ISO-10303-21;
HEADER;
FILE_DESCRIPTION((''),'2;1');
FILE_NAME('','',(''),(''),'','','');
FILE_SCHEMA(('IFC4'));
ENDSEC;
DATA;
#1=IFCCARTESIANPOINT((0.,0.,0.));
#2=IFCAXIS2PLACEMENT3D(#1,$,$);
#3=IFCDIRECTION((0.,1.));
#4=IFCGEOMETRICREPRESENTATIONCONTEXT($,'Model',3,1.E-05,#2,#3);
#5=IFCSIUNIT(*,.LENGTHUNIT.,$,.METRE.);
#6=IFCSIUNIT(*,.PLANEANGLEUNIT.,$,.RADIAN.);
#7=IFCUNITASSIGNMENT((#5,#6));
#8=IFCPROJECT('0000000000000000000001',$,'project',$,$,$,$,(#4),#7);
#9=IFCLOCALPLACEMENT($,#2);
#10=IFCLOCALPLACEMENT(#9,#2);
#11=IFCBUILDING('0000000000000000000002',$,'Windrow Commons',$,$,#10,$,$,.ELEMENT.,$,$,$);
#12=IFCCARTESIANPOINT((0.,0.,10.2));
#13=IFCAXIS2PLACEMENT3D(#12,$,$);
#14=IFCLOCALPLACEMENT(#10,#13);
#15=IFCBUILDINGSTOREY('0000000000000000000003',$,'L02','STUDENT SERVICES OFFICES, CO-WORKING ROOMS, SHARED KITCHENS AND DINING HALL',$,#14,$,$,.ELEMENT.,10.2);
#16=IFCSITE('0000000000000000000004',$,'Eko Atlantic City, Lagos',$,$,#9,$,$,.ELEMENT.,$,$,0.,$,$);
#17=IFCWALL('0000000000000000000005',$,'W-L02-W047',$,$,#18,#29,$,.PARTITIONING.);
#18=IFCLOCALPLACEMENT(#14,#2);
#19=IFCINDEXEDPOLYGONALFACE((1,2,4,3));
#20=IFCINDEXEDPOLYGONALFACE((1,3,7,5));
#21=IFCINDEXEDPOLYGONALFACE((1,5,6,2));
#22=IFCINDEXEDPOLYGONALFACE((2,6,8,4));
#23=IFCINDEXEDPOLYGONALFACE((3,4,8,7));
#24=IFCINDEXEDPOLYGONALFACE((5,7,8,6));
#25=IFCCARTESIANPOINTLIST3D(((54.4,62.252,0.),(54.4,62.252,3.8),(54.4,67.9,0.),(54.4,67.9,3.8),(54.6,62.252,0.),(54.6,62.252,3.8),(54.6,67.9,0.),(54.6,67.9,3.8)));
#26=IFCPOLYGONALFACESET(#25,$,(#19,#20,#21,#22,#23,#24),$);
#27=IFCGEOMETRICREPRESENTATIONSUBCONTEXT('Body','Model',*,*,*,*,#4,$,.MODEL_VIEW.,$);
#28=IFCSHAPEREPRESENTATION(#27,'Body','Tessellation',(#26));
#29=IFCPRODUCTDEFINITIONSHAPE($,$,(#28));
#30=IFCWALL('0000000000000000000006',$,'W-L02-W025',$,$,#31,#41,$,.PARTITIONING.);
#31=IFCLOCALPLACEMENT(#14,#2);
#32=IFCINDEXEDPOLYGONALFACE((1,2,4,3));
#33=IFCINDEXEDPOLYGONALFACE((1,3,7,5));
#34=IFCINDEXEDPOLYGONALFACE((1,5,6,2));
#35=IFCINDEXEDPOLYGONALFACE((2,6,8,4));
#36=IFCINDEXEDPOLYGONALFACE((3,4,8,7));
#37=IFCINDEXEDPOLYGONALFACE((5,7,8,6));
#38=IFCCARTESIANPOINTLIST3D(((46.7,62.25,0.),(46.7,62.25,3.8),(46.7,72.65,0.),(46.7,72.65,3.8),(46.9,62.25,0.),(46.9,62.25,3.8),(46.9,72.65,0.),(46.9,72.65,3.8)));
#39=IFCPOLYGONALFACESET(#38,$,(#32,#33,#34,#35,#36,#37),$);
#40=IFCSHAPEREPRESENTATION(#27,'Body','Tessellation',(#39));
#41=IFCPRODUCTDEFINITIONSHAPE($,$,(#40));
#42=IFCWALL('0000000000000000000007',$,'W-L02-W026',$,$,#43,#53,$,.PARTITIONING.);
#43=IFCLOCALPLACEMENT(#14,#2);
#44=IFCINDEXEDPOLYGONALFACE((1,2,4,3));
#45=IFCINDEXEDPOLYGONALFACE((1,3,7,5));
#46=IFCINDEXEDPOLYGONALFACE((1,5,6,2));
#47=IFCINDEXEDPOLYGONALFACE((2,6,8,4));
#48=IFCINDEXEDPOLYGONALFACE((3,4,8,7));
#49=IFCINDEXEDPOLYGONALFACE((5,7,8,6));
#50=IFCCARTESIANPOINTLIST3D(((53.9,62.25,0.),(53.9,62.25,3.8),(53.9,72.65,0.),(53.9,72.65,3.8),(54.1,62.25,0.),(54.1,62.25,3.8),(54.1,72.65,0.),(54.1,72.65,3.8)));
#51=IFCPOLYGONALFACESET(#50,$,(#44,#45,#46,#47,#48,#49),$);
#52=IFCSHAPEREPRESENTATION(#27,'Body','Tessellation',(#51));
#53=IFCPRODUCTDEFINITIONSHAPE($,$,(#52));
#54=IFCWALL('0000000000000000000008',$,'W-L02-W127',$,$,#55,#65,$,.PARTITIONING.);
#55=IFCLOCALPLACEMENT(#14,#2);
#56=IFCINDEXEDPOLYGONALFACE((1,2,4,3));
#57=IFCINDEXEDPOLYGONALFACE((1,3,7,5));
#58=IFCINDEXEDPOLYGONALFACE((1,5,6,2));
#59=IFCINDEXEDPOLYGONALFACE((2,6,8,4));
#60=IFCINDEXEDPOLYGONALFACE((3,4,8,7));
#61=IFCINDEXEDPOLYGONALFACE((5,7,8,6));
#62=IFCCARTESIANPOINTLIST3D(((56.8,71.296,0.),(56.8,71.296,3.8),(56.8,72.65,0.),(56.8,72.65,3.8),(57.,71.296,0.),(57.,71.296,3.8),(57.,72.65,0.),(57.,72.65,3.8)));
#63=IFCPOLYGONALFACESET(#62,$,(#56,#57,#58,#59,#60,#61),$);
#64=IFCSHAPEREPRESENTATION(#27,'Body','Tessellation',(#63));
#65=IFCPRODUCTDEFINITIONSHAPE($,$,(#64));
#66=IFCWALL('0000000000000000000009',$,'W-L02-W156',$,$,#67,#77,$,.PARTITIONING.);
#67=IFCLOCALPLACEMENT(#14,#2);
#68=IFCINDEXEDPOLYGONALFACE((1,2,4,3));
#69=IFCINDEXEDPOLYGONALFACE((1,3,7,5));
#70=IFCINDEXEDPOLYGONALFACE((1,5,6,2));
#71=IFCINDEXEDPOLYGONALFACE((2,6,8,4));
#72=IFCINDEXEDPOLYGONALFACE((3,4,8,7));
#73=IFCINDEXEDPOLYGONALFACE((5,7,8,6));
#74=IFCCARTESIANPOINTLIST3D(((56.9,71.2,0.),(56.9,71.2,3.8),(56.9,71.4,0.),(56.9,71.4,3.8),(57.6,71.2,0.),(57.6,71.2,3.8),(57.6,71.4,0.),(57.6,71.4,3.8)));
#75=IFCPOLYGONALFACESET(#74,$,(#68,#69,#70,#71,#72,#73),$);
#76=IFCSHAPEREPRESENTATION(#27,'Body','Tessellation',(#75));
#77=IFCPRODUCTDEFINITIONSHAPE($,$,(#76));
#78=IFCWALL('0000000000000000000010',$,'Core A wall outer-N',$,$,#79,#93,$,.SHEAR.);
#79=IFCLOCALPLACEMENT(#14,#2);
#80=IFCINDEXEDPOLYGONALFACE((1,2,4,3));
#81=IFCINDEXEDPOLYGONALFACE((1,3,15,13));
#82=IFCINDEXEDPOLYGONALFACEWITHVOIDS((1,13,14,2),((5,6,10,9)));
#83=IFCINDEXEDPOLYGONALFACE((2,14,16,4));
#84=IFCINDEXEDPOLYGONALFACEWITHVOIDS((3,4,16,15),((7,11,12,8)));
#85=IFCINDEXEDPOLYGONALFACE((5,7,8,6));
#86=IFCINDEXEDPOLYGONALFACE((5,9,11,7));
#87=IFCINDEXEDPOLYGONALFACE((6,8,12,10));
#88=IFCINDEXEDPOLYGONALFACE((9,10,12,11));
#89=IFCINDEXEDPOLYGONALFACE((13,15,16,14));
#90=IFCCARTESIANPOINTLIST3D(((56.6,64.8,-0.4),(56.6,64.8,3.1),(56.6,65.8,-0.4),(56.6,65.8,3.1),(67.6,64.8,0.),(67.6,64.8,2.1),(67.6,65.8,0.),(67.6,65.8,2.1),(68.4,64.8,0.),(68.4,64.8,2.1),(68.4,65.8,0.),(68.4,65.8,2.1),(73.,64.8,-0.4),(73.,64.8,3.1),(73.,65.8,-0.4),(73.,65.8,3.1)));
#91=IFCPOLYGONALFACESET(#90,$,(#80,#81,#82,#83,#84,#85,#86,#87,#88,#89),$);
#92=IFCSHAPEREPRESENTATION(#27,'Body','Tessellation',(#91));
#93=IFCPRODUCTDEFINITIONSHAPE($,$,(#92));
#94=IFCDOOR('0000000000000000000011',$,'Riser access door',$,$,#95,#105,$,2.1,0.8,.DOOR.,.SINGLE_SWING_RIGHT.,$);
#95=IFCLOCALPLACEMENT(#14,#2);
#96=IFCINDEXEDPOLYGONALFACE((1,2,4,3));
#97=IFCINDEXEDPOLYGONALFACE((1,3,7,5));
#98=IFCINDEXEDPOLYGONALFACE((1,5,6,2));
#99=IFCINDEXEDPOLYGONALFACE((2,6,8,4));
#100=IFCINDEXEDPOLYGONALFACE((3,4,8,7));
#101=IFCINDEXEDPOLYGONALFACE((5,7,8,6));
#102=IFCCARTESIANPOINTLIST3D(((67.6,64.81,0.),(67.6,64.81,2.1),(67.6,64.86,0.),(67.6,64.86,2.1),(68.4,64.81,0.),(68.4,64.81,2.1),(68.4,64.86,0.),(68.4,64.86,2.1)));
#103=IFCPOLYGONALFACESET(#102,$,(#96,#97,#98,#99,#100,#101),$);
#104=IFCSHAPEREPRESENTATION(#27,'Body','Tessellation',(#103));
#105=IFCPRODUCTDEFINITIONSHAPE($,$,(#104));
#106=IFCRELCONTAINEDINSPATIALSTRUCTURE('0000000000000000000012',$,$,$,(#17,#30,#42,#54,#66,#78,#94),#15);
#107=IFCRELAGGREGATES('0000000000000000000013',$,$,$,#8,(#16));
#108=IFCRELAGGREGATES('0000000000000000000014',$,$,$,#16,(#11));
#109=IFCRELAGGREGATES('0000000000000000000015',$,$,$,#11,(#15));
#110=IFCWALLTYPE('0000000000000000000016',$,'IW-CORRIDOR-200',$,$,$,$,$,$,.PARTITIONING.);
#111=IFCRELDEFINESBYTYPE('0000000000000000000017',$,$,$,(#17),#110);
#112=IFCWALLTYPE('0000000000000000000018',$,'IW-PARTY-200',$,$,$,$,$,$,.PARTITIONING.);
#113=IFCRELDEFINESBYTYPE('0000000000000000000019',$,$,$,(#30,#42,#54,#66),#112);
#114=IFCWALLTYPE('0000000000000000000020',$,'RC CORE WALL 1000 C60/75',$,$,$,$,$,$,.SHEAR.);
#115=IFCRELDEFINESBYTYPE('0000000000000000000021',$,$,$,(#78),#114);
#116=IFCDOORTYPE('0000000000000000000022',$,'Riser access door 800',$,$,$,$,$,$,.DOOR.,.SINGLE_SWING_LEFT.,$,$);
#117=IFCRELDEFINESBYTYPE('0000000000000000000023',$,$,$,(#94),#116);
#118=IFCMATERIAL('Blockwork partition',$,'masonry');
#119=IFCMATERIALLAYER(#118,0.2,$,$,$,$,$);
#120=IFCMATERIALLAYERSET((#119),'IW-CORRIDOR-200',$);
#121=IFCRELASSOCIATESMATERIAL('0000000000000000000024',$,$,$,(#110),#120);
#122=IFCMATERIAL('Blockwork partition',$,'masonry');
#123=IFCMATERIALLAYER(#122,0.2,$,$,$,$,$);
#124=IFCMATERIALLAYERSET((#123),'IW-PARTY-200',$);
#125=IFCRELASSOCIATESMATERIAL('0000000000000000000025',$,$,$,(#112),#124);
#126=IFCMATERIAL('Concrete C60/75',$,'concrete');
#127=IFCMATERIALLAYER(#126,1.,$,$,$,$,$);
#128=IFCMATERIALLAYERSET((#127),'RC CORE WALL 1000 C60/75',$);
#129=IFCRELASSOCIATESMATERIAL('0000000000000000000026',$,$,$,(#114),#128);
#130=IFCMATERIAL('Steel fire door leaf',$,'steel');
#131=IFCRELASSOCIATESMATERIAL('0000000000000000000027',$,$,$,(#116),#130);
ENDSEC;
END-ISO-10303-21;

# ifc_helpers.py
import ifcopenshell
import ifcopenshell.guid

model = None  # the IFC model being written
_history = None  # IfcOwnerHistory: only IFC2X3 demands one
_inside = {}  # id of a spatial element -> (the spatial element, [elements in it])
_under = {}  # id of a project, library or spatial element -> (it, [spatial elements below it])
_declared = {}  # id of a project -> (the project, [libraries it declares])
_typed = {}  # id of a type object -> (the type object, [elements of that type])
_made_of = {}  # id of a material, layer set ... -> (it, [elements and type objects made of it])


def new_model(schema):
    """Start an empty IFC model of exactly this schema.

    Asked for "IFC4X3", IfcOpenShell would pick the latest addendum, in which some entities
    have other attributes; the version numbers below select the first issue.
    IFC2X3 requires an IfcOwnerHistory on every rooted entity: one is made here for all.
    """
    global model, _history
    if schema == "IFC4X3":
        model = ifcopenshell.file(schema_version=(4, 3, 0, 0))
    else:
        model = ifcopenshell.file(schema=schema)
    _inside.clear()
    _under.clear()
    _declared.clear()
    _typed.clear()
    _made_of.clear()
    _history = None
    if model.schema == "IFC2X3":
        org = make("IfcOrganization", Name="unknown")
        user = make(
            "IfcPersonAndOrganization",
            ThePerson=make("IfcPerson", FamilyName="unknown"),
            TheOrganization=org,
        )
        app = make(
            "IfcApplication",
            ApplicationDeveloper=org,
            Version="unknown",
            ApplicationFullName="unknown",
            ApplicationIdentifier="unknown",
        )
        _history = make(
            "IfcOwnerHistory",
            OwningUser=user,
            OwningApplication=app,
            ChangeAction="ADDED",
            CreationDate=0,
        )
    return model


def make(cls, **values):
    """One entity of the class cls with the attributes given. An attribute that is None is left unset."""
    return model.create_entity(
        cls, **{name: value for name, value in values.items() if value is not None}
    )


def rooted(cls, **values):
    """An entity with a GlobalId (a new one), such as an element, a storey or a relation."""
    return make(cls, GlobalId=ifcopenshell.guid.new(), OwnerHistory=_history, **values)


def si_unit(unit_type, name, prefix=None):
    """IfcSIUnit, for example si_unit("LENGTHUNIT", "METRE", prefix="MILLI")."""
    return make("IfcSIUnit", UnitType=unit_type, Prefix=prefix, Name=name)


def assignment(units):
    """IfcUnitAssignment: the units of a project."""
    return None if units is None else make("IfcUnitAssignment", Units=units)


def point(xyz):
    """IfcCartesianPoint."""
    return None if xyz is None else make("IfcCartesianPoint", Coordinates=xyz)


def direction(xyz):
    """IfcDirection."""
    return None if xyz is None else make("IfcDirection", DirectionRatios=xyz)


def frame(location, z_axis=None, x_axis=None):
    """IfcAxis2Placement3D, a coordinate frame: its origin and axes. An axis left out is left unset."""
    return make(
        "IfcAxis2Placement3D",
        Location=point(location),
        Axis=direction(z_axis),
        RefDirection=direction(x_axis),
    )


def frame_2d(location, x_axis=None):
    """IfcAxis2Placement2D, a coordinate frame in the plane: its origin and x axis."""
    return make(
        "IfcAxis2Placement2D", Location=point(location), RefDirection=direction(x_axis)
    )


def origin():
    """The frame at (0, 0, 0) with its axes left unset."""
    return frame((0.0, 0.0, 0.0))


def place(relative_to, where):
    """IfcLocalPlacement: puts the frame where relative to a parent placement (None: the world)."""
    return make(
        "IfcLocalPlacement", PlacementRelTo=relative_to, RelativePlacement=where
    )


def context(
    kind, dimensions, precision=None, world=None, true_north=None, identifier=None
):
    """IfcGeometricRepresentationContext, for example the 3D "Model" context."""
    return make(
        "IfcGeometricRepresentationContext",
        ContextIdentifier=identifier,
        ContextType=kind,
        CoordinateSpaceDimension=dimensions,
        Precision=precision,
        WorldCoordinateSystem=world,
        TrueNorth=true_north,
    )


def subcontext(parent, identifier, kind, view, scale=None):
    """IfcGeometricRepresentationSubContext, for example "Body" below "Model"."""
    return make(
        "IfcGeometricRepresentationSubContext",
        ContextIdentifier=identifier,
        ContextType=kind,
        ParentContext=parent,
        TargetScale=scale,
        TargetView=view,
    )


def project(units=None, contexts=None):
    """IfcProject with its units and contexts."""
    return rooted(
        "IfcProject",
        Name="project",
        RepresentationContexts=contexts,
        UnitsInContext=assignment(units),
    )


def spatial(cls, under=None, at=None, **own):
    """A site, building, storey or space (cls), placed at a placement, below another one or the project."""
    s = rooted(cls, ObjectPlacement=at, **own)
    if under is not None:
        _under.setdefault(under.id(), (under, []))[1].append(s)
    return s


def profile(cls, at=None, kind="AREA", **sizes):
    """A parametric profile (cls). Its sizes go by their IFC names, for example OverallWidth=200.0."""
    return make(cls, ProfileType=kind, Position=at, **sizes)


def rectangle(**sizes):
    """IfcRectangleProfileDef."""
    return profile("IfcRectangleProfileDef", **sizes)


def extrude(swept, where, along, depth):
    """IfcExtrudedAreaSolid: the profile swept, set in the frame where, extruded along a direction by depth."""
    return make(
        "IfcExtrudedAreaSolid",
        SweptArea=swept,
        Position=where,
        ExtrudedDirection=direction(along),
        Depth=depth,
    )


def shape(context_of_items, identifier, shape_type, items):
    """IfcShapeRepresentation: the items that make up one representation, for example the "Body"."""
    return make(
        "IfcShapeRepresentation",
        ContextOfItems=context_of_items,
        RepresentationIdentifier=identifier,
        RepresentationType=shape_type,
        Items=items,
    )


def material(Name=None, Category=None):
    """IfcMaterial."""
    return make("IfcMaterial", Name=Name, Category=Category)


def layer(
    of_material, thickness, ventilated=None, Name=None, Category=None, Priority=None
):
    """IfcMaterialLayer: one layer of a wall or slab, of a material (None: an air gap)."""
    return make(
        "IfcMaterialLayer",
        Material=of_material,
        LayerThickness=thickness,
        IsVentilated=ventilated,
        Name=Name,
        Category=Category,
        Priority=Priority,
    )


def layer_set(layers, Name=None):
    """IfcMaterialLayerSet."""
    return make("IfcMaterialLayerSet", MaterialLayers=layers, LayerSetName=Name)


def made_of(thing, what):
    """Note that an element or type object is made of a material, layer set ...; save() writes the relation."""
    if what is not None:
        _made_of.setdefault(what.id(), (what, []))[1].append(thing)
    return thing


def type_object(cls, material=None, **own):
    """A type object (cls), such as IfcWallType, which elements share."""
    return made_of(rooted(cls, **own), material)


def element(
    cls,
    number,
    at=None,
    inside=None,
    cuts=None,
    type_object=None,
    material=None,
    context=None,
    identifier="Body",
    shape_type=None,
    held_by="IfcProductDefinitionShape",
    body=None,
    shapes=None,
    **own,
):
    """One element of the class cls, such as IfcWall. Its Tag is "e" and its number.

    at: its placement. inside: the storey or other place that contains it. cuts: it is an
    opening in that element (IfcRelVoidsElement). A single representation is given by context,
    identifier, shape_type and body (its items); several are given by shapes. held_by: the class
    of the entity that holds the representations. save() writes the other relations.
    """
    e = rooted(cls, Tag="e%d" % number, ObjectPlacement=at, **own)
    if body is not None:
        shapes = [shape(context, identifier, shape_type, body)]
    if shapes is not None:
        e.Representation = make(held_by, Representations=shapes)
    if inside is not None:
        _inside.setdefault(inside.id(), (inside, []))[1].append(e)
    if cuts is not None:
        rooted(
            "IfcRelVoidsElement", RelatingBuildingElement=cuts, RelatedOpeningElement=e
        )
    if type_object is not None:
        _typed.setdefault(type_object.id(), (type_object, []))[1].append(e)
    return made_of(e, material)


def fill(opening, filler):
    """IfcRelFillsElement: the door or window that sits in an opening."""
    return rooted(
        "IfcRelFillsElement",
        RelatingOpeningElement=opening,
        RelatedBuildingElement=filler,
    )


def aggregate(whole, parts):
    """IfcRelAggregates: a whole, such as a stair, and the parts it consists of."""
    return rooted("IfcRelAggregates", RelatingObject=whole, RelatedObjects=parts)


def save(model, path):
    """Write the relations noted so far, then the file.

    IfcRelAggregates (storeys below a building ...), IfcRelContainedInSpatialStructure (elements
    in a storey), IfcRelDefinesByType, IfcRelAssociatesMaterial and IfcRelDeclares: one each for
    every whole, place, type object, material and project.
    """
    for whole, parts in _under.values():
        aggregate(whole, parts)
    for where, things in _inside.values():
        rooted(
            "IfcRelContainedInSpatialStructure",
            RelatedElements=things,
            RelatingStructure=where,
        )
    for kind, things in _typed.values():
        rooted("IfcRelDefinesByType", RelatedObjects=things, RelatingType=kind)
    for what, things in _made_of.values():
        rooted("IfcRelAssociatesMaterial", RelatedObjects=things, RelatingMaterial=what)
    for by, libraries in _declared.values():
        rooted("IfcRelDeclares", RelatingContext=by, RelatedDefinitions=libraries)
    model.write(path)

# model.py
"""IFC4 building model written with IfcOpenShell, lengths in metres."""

from ifc_helpers import new_model, si_unit, direction, frame, frame_2d, origin, place, context, subcontext, project, spatial, rectangle, extrude, material, layer, layer_set, type_object, element, fill, save


model = new_model("IFC4")

# Units and contexts
model_context = context("Model", 3, precision=1e-05, world=origin(), true_north=direction((0.0, 1.0)))
body_context = subcontext(model_context, "Body", "Model", "MODEL_VIEW")
ifc_project = project(units=[si_unit("LENGTHUNIT", "METRE"), si_unit("PLANEANGLEUNIT", "RADIAN")], contexts=[model_context])

# Site, building, storey
site_placement = place(None, origin())
site = spatial("IfcSite", under=ifc_project, at=site_placement, Name="Eko Atlantic City, Lagos", CompositionType="ELEMENT", RefElevation=0.0)
building_placement = place(site_placement, origin())
building = spatial("IfcBuilding", under=site, at=building_placement, Name="Windrow Commons", CompositionType="ELEMENT")
storey_placement = place(building_placement, frame((0.0, 0.0, 10.2)))
storey = spatial("IfcBuildingStorey", under=building, at=storey_placement, Name="L02", Description="STUDENT SERVICES OFFICES, CO-WORKING ROOMS, SHARED KITCHENS AND DINING HALL", CompositionType="ELEMENT", Elevation=10.2)

# Shared definitions
ifc_material_1 = material(Name="Blockwork partition", Category="masonry")
ifc_layer_1 = layer(ifc_material_1, 0.2)
ifc_layer_set_1 = layer_set([ifc_layer_1], Name="IW-CORRIDOR-200")
wall_type_1 = type_object("IfcWallType", Name="IW-CORRIDOR-200", PredefinedType="PARTITIONING", material=ifc_layer_set_1)

# Walls
wall_1_placement = place(storey_placement, frame((54.5, 62.252, 0.0), z_axis=(0.0, 0.0, 1.0), x_axis=(0.0, 1.0, 0.0)))
element("IfcWall", 1, at=wall_1_placement, inside=storey, type_object=wall_type_1, Name="W-L02-W047", PredefinedType="PARTITIONING", context=body_context, shape_type="SweptSolid", body=[
    extrude(rectangle(XDim=5.648, YDim=0.2, at=frame_2d((2.824, 0.0))), origin(), (0.0, 0.0, 1.0), 3.8),
])
ifc_material_2 = material(Name="Blockwork partition", Category="masonry")
ifc_layer_2 = layer(ifc_material_2, 0.2)
ifc_layer_set_2 = layer_set([ifc_layer_2], Name="IW-PARTY-200")
wall_type_2 = type_object("IfcWallType", Name="IW-PARTY-200", PredefinedType="PARTITIONING", material=ifc_layer_set_2)
for number, where, z_axis, x_axis, name in (
    (2, (46.8, 62.25, 0.0), (0.0, 0.0, 1.0), (0.0, 1.0, 0.0), "W-L02-W025"),
    (3, (54.0, 62.25, 0.0), (0.0, 0.0, 1.0), (0.0, 1.0, 0.0), "W-L02-W026"),
):
    element("IfcWall", number, at=place(storey_placement, frame(where, z_axis=z_axis, x_axis=x_axis)), inside=storey, type_object=wall_type_2, Name=name, PredefinedType="PARTITIONING", context=body_context, shape_type="SweptSolid", body=[
        extrude(rectangle(XDim=10.4, YDim=0.2, at=frame_2d((5.2, 0.0))), origin(), (0.0, 0.0, 1.0), 3.8),
    ])
wall_2_placement = place(storey_placement, frame((56.9, 71.296, 0.0), z_axis=(0.0, 0.0, 1.0), x_axis=(0.0, 1.0, 0.0)))
element("IfcWall", 4, at=wall_2_placement, inside=storey, type_object=wall_type_2, Name="W-L02-W127", PredefinedType="PARTITIONING", context=body_context, shape_type="SweptSolid", body=[
    extrude(rectangle(XDim=1.354, YDim=0.2, at=frame_2d((0.677, 0.0))), origin(), (0.0, 0.0, 1.0), 3.8),
])
wall_3_placement = place(storey_placement, frame((56.9, 71.3, 0.0), z_axis=(0.0, 0.0, 1.0), x_axis=(1.0, 0.0, 0.0)))
element("IfcWall", 5, at=wall_3_placement, inside=storey, type_object=wall_type_2, Name="W-L02-W156", PredefinedType="PARTITIONING", context=body_context, shape_type="SweptSolid", body=[
    extrude(rectangle(XDim=0.7, YDim=0.2, at=frame_2d((0.35, 0.0))), origin(), (0.0, 0.0, 1.0), 3.8),
])

# Wall, opening, door
ifc_material_3 = material(Name="Concrete C60/75", Category="concrete")
ifc_layer_3 = layer(ifc_material_3, 1.0)
ifc_layer_set_3 = layer_set([ifc_layer_3], Name="RC CORE WALL 1000 C60/75")
wall_type_3 = type_object("IfcWallType", Name="RC CORE WALL 1000 C60/75", PredefinedType="SHEAR", material=ifc_layer_set_3)
wall_4_placement = place(storey_placement, frame((56.6, 65.3, -0.4), z_axis=(0.0, 0.0, 1.0), x_axis=(1.0, 0.0, 0.0)))
wall_4 = element("IfcWall", 6, at=wall_4_placement, inside=storey, type_object=wall_type_3, Name="Core A wall outer-N", PredefinedType="SHEAR", context=body_context, shape_type="SweptSolid", body=[
    extrude(rectangle(XDim=16.4, YDim=1.0, at=frame_2d((8.2, 0.0))), origin(), (0.0, 0.0, 1.0), 3.5),
])
opening_1_placement = place(wall_4_placement, frame((11.0, 0.0, 0.4)))
opening_1 = element("IfcOpeningElement", 7, at=opening_1_placement, cuts=wall_4, PredefinedType="OPENING", context=body_context, shape_type="SweptSolid", body=[
    extrude(rectangle(XDim=0.8, YDim=2.1, at=frame_2d((0.4, 1.05))), frame((0.0, 0.51, 0.0), z_axis=(0.0, -1.0, 0.0), x_axis=(1.0, 0.0, 0.0)), (0.0, 0.0, 1.0), 1.02),
])
ifc_material_4 = material(Name="Steel fire door leaf", Category="steel")
door_type_1 = type_object("IfcDoorType", Name="Riser access door 800", OperationType="SINGLE_SWING_LEFT", PredefinedType="DOOR", material=ifc_material_4)
door_1_placement = place(opening_1_placement, origin())
door_1 = element("IfcDoor", 8, at=door_1_placement, inside=storey, type_object=door_type_1, Name="Riser access door", OperationType="SINGLE_SWING_RIGHT", OverallHeight=2.1, OverallWidth=0.8, PredefinedType="DOOR", context=body_context, shape_type="SweptSolid", body=[
    extrude(rectangle(XDim=0.8, YDim=2.1, at=frame_2d((0.4, 1.05))), frame((0.0, -0.44, 0.0), z_axis=(0.0, -1.0, 0.0), x_axis=(1.0, 0.0, 0.0)), (0.0, 0.0, 1.0), 0.05),
])
fill(opening_1, door_1)

save(model, "model.ifc")
